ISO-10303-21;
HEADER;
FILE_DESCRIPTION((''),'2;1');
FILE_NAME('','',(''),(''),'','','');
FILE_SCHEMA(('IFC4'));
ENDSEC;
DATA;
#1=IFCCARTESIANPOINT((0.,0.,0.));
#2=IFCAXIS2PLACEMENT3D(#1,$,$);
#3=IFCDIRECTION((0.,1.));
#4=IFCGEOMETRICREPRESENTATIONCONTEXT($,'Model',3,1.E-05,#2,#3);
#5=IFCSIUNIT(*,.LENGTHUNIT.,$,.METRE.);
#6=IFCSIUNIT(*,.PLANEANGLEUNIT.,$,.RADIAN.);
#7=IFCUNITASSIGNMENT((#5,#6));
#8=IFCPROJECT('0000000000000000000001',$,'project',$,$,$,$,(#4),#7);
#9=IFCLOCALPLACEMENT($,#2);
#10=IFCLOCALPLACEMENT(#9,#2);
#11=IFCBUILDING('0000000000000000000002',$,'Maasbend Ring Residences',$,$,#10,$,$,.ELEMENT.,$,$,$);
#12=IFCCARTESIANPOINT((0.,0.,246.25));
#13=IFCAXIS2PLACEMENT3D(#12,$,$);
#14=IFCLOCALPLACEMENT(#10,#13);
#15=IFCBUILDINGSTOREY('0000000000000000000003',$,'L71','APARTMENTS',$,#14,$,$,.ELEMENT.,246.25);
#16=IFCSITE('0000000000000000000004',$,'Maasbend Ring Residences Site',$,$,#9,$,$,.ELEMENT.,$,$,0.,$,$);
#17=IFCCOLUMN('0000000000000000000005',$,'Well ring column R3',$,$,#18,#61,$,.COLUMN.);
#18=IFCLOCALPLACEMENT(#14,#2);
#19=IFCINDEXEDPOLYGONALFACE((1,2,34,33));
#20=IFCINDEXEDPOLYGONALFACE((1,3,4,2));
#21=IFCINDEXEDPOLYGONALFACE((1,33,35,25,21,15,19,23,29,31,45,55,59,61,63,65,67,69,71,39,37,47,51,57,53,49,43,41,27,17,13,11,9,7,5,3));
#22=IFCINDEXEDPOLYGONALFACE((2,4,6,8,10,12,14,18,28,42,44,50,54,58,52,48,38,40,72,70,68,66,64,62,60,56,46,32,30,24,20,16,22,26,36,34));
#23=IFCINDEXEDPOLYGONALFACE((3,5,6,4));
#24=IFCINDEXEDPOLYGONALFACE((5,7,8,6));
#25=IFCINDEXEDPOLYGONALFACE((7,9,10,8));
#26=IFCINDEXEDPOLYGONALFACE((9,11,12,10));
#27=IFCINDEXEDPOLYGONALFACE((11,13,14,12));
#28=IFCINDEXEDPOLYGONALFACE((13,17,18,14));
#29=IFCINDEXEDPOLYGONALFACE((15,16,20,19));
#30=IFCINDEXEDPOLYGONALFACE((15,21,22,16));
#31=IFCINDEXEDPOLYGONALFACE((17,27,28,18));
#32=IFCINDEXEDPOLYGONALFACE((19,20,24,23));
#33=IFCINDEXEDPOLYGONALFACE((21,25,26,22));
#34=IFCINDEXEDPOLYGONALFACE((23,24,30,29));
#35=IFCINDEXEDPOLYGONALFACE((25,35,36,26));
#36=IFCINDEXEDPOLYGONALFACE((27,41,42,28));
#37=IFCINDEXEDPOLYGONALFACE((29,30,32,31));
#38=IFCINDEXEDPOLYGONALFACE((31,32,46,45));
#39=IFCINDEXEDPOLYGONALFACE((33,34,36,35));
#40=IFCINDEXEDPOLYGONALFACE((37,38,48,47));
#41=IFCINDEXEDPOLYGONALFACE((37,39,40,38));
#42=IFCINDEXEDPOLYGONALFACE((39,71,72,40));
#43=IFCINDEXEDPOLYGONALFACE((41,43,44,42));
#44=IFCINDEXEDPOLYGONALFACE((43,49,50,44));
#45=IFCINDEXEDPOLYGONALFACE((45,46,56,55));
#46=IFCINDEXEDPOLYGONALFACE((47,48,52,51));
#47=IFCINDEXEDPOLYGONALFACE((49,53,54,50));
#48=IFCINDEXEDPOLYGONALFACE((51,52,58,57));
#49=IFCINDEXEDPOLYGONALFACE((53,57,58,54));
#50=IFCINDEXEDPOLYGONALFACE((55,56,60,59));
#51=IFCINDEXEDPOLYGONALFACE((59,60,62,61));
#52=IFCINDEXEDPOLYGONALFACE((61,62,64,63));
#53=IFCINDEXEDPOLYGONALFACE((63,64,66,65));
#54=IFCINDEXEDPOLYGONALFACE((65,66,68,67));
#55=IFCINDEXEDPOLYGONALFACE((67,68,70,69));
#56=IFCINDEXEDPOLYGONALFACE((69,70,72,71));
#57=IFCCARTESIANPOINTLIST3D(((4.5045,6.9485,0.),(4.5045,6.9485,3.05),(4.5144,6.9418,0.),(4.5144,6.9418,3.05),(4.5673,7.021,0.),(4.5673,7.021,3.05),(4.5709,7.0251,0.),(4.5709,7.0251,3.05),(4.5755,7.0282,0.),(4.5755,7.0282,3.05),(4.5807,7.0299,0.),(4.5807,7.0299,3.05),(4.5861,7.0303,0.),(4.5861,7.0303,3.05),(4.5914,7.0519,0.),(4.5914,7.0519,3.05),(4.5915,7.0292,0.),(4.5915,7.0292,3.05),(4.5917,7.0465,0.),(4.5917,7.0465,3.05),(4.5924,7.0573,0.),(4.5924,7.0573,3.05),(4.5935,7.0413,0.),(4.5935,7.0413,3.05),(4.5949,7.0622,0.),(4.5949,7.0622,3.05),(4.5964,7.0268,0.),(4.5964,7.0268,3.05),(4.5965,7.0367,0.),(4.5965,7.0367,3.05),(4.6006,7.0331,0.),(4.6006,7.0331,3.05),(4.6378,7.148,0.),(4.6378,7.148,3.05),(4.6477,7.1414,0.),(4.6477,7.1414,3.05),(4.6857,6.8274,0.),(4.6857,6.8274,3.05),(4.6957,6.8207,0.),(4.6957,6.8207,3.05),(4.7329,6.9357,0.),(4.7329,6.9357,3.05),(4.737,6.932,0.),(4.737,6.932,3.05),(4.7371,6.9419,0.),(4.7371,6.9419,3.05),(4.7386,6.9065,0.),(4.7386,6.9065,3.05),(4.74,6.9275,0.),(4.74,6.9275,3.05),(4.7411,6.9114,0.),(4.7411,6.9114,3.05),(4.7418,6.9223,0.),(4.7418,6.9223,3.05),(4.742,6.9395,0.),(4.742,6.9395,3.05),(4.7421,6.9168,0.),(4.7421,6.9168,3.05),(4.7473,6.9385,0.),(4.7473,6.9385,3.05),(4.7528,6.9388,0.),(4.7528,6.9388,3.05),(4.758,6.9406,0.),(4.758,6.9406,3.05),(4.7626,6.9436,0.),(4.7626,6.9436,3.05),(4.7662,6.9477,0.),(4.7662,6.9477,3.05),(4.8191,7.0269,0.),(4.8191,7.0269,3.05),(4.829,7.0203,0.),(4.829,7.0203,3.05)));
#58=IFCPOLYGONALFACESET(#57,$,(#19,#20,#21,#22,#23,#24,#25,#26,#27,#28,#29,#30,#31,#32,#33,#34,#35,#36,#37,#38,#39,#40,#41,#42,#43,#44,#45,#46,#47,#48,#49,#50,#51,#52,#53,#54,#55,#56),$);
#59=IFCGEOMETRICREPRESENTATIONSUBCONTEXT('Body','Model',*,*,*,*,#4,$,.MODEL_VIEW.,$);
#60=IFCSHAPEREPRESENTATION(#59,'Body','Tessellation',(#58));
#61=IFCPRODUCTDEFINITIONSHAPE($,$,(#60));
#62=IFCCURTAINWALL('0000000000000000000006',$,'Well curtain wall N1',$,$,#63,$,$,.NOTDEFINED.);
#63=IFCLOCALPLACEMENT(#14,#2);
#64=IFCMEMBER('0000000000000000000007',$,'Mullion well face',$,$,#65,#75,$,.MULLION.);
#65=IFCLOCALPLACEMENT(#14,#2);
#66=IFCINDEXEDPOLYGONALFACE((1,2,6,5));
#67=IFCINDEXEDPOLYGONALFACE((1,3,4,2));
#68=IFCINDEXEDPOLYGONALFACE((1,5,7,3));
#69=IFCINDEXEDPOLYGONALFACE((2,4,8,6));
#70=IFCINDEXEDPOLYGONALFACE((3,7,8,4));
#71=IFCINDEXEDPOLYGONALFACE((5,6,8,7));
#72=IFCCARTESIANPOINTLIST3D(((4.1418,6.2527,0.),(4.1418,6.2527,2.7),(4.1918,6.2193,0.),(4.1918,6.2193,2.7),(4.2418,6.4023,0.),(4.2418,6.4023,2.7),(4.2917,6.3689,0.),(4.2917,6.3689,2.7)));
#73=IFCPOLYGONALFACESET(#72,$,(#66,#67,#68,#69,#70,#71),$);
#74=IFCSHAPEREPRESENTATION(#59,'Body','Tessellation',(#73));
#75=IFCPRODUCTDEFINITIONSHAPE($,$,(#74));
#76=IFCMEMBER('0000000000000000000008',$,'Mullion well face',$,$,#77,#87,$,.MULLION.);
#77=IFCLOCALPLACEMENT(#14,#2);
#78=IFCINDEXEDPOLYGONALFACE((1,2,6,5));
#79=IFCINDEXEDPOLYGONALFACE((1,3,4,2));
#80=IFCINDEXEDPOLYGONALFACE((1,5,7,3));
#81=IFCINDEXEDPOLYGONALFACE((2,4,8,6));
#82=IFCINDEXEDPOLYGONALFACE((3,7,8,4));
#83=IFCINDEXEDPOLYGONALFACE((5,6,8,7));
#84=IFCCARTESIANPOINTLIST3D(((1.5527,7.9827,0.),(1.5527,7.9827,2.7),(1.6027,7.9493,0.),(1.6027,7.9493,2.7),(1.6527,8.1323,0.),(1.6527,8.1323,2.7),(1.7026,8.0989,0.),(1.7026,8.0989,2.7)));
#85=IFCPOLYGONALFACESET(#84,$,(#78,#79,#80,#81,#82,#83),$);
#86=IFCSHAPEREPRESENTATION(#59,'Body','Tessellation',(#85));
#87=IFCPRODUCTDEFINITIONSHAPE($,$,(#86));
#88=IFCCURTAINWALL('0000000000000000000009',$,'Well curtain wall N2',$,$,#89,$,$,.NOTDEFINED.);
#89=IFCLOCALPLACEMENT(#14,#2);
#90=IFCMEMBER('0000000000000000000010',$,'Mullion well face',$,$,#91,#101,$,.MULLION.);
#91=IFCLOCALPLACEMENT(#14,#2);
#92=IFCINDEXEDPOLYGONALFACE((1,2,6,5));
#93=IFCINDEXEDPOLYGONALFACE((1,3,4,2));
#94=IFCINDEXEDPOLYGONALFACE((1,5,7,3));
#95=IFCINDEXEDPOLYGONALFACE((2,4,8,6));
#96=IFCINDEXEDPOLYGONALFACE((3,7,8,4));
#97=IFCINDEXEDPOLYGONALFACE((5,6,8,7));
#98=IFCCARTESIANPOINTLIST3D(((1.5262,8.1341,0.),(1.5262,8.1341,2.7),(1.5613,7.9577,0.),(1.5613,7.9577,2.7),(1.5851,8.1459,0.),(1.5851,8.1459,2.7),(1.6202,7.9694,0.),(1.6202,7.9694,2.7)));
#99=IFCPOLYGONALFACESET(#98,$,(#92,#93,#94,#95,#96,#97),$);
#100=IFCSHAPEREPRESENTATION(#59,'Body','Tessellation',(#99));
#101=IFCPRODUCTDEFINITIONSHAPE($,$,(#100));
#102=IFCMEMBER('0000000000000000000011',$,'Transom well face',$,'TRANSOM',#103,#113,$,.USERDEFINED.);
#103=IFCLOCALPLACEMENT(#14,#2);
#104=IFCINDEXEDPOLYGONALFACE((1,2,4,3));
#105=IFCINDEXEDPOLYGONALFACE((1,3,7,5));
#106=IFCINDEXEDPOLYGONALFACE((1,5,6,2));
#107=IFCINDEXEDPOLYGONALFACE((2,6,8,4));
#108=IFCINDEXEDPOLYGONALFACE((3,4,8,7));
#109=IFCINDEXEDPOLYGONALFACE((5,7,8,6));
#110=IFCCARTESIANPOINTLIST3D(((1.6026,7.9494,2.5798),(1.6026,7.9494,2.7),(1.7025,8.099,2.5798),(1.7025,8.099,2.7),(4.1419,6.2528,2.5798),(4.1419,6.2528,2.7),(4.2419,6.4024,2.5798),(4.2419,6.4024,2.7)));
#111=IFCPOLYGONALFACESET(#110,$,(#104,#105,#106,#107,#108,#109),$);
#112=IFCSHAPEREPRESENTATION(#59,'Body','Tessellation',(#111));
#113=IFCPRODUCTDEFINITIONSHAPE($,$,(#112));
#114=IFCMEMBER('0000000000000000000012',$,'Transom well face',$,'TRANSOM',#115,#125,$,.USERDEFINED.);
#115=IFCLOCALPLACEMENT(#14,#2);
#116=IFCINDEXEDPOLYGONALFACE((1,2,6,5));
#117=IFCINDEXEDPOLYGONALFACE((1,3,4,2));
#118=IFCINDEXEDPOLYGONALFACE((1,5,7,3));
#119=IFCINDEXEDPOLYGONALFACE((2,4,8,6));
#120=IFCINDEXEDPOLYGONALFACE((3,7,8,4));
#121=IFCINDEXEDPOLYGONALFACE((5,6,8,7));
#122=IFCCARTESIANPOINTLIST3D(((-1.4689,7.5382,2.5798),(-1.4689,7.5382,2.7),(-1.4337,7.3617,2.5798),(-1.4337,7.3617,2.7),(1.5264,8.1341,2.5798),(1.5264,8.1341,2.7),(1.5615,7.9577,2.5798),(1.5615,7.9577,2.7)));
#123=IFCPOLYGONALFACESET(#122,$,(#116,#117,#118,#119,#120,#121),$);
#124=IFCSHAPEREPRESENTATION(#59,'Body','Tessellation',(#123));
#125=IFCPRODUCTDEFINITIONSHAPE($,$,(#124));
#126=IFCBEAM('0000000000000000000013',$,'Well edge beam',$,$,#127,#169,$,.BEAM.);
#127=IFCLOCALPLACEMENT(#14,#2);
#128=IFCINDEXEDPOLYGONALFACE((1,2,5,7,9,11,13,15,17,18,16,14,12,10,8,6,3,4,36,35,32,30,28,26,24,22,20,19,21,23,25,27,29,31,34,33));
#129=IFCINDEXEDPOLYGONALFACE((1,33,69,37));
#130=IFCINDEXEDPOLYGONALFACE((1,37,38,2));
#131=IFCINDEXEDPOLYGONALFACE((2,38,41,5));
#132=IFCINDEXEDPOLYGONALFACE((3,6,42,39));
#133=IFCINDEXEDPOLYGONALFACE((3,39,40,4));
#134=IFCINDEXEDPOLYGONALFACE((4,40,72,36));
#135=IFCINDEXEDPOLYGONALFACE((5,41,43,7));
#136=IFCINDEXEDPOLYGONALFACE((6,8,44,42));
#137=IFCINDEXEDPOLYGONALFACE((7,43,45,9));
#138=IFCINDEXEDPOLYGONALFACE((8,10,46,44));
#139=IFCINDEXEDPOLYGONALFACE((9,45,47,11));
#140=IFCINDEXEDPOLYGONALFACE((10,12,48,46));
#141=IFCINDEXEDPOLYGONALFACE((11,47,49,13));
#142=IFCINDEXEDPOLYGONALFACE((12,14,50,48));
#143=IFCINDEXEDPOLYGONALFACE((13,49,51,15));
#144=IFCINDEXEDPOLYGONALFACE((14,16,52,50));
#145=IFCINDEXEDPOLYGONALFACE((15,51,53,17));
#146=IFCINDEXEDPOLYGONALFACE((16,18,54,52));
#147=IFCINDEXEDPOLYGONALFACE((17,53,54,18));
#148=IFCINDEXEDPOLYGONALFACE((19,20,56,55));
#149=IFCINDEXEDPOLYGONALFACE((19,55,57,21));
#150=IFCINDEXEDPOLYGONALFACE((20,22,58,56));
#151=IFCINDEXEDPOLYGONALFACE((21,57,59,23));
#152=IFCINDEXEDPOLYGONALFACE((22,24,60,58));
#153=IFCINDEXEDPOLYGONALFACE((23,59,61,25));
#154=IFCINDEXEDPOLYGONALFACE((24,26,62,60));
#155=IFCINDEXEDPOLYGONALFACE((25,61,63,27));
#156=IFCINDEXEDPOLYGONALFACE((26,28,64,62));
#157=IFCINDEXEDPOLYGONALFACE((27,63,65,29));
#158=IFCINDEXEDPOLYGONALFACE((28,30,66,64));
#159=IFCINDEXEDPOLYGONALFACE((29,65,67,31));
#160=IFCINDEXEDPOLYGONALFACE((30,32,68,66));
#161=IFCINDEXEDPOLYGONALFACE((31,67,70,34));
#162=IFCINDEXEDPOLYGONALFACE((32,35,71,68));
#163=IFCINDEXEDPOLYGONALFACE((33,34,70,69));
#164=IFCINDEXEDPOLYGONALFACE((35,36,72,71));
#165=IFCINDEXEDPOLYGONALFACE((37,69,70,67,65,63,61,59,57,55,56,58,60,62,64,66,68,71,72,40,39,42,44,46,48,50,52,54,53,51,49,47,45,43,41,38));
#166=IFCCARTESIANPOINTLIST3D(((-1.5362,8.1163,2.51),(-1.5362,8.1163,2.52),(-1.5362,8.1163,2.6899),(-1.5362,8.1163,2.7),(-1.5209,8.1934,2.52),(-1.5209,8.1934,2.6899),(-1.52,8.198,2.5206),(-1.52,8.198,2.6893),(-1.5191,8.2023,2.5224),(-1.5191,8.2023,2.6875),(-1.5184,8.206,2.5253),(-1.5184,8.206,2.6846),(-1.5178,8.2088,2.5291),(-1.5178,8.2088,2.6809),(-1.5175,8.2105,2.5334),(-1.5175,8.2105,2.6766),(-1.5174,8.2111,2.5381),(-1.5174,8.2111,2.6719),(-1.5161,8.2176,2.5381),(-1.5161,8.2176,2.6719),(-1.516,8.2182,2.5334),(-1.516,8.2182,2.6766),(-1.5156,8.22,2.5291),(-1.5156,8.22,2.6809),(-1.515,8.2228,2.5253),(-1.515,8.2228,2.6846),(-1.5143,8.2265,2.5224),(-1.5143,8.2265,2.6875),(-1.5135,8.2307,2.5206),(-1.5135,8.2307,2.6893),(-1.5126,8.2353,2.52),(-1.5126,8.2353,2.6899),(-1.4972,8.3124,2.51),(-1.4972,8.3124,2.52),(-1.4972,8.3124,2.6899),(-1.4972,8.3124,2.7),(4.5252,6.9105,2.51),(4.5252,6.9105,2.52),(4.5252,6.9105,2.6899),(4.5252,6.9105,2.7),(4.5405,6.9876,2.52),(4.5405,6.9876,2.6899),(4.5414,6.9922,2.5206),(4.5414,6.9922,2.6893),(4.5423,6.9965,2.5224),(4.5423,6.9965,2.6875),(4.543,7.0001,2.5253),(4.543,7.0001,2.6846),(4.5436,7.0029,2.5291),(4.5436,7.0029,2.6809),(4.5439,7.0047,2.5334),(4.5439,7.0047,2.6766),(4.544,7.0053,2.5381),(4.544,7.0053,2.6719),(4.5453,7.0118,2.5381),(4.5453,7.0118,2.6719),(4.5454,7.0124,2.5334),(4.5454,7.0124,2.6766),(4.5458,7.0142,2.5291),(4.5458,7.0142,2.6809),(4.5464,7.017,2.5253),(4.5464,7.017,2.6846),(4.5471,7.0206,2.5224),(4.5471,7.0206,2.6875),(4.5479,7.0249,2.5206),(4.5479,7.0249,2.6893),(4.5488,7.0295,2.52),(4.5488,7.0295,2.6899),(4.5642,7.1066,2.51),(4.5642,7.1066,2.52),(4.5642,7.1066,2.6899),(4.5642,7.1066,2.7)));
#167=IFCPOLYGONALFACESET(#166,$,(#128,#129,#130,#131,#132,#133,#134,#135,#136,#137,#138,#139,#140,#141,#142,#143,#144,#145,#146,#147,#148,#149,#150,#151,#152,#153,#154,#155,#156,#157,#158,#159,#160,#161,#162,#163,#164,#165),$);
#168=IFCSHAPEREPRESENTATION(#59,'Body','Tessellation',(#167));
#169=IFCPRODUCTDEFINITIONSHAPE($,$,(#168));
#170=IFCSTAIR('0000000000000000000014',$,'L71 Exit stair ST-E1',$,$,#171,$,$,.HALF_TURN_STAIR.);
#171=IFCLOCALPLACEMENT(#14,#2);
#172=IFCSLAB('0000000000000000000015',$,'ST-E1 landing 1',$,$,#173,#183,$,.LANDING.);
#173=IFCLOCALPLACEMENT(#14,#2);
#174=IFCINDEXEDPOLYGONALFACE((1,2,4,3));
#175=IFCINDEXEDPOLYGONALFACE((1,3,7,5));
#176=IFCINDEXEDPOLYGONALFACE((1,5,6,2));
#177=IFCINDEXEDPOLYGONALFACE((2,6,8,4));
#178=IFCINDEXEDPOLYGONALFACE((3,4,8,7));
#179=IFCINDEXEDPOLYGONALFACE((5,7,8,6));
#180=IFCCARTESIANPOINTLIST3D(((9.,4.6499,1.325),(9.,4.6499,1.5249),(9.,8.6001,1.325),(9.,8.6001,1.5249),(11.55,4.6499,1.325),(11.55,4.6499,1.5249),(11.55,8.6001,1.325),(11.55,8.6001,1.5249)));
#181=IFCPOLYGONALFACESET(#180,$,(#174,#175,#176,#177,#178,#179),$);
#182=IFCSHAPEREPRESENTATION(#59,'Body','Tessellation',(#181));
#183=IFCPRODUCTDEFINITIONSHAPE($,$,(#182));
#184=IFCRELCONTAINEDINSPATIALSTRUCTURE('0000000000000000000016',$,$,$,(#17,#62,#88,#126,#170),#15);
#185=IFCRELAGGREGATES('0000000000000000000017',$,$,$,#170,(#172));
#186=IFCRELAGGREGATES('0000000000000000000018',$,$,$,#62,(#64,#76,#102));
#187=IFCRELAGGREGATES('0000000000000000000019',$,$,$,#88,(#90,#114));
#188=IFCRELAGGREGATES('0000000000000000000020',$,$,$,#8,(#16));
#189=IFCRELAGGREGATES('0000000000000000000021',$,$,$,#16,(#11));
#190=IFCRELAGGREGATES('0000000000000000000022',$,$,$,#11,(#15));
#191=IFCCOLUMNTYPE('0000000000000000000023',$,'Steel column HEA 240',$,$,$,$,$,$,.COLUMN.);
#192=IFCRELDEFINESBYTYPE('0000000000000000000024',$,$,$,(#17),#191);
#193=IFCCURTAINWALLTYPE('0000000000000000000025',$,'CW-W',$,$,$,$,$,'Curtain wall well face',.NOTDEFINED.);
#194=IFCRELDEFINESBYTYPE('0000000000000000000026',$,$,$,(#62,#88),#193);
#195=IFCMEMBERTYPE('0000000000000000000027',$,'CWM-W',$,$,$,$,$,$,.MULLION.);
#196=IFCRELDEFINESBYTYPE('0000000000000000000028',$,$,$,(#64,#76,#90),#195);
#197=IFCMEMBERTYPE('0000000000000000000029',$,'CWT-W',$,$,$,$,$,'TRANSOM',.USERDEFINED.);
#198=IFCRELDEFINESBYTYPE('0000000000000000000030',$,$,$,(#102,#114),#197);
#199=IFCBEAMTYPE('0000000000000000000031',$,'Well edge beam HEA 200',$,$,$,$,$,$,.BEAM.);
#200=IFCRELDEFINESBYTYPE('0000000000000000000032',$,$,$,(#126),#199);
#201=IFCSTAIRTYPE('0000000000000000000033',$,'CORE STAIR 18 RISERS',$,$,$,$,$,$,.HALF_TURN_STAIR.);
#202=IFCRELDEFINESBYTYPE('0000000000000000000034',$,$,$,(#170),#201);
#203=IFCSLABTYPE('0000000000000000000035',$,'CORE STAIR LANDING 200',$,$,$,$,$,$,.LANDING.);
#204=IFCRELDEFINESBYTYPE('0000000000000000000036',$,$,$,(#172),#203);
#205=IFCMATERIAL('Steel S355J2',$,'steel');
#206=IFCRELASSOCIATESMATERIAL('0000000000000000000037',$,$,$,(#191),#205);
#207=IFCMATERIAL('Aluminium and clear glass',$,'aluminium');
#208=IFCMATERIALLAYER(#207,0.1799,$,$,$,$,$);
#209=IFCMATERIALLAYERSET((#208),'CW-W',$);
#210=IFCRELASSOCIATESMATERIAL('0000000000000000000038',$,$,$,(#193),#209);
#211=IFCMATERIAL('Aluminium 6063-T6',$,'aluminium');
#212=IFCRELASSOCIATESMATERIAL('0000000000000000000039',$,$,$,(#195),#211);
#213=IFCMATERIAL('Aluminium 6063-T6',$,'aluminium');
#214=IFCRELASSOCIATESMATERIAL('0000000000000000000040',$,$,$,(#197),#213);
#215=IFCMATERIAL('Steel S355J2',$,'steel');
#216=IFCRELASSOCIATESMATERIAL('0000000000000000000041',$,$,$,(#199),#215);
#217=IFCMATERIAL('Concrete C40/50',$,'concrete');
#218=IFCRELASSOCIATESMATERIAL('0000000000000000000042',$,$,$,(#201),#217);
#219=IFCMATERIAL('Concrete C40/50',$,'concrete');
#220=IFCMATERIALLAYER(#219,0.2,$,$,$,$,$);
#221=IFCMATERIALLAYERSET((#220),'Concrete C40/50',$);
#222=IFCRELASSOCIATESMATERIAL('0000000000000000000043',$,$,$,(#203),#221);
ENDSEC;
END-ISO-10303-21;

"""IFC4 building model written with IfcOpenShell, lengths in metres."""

from ifc_helpers import new_model, si_unit, direction, frame, origin, origin_2d, place, context, subcontext, project, spatial, polyline, rectangle, i_section, outline, extrude, material, layer, layer_set, material_profile, profile_set, type_object, element, aggregate, save


model = new_model("IFC4")

# Units and contexts
model_context = context("Model", 3, precision=1e-05, world=origin(), true_north=direction((0.0, 1.0)))
body_context = subcontext(model_context, "Body", "Model", "MODEL_VIEW")
ifc_project = project(units=[si_unit("LENGTHUNIT", "METRE"), si_unit("PLANEANGLEUNIT", "RADIAN")], contexts=[model_context])

# Site, building, storey
site_placement = place(None, origin())
site = spatial("IfcSite", under=ifc_project, at=site_placement, Name="Maasbend Ring Residences Site", CompositionType="ELEMENT", RefElevation=0.0)
building_placement = place(site_placement, origin())
building = spatial("IfcBuilding", under=site, at=building_placement, Name="Maasbend Ring Residences", CompositionType="ELEMENT")
storey_placement = place(building_placement, frame((0.0, 0.0, 246.25)))
storey = spatial("IfcBuildingStorey", under=building, at=storey_placement, Name="L71", Description="APARTMENTS", CompositionType="ELEMENT", Elevation=246.25)

# Column
ifc_material_1 = material(Name="Steel S355J2", Category="steel")
ifc_material_profile_1 = material_profile(ifc_material_1, i_section(OverallWidth=0.24, OverallDepth=0.23, WebThickness=0.0076, FlangeThickness=0.012, FilletRadius=0.021, at=origin_2d()), Name="HEA 240")
ifc_profile_set_1 = profile_set([ifc_material_profile_1], Name="Steel S355J2")
column_type = type_object("IfcColumnType", Name="Steel column HEA 240", PredefinedType="COLUMN", material=ifc_profile_set_1)
column_placement = place(storey_placement, frame((4.6667, 6.9844, 0.0), z_axis=(0.0, 0.0, 1.0), x_axis=(0.55557, 0.83147, 0.0)))
element("IfcColumn", 1, at=column_placement, inside=storey, type_object=column_type, Name="Well ring column R3", PredefinedType="COLUMN", context=body_context, shape_type="SweptSolid", body=[
    extrude(i_section(OverallWidth=0.24, OverallDepth=0.23, WebThickness=0.0076, FlangeThickness=0.012, FilletRadius=0.021, at=origin_2d()), origin(), (0.0, 0.0, 1.0), 3.05),
])

# Curtain wall, members
ifc_material_2 = material(Name="Aluminium and clear glass", Category="aluminium")
ifc_layer_1 = layer(ifc_material_2, 0.1799)
ifc_layer_set_1 = layer_set([ifc_layer_1], Name="CW-W")
curtain_wall_type = type_object("IfcCurtainWallType", Name="CW-W", ElementType="Curtain wall well face", PredefinedType="NOTDEFINED", material=ifc_layer_set_1)
curtain_wall_1_placement = place(storey_placement, origin())
curtain_wall_1 = element("IfcCurtainWall", 2, at=curtain_wall_1_placement, inside=storey, type_object=curtain_wall_type, Name="Well curtain wall N1", PredefinedType="NOTDEFINED")
ifc_material_3 = material(Name="Aluminium 6063-T6", Category="aluminium")
ifc_material_profile_2 = material_profile(ifc_material_3, rectangle(XDim=0.1799, YDim=0.0601, at=origin_2d()), Name="AL 180x60")
ifc_profile_set_2 = profile_set([ifc_material_profile_2], Name="Aluminium 6063-T6")
member_type_1 = type_object("IfcMemberType", Name="CWM-W", PredefinedType="MULLION", material=ifc_profile_set_2)
member_1_placement = place(storey_placement, frame((4.2168, 6.3108, 0.0), z_axis=(0.0, 0.0, 1.0), x_axis=(-0.55557, -0.83147, 0.0)))
member_1 = element("IfcMember", 3, at=member_1_placement, type_object=member_type_1, Name="Mullion well face", PredefinedType="MULLION", context=body_context, shape_type="SweptSolid", body=[
    extrude(rectangle(XDim=0.1799, YDim=0.0601, at=origin_2d()), origin(), (0.0, 0.0, 1.0), 2.7),
])
member_2_placement = place(storey_placement, frame((1.6277, 8.0408, 0.0), z_axis=(0.0, 0.0, 1.0), x_axis=(-0.55557, -0.83147, 0.0)))
member_2 = element("IfcMember", 4, at=member_2_placement, type_object=member_type_1, Name="Mullion well face", PredefinedType="MULLION", context=body_context, shape_type="SweptSolid", body=[
    extrude(rectangle(XDim=0.1799, YDim=0.0601, at=origin_2d()), origin(), (0.0, 0.0, 1.0), 2.7),
])

# Curtain wall, member
curtain_wall_2_placement = place(storey_placement, origin())
curtain_wall_2 = element("IfcCurtainWall", 5, at=curtain_wall_2_placement, inside=storey, type_object=curtain_wall_type, Name="Well curtain wall N2", PredefinedType="NOTDEFINED")
member_3_placement = place(storey_placement, frame((1.5732, 8.0518, 0.0), z_axis=(0.0, 0.0, 1.0), x_axis=(0.19509, -0.980785, 0.0)))
member_3 = element("IfcMember", 6, at=member_3_placement, type_object=member_type_1, Name="Mullion well face", PredefinedType="MULLION", context=body_context, shape_type="SweptSolid", body=[
    extrude(rectangle(XDim=0.1799, YDim=0.0601, at=origin_2d()), origin(), (0.0, 0.0, 1.0), 2.7),
])

# Members
ifc_material_4 = material(Name="Aluminium 6063-T6", Category="aluminium")
ifc_material_profile_3 = material_profile(ifc_material_4, rectangle(XDim=0.1799, YDim=0.1201, at=origin_2d()), Name="AL 180x120")
ifc_profile_set_3 = profile_set([ifc_material_profile_3], Name="Aluminium 6063-T6")
member_type_2 = type_object("IfcMemberType", Name="CWT-W", ElementType="TRANSOM", PredefinedType="USERDEFINED", material=ifc_profile_set_3)
member_4_placement = place(storey_placement, frame((4.1919, 6.3276, 2.6399), z_axis=(-0.831496, 0.55553, 0.0), x_axis=(-0.55553, -0.831496, 0.0)))
member_4 = element("IfcMember", 7, at=member_4_placement, type_object=member_type_2, Name="Transom well face", ObjectType="TRANSOM", PredefinedType="USERDEFINED", context=body_context, shape_type="SweptSolid", body=[
    extrude(rectangle(XDim=0.1799, YDim=0.1201, at=origin_2d()), origin(), (0.0, 0.0, 1.0), 3.054),
])
member_5_placement = place(storey_placement, frame((1.5439, 8.0459, 2.6399), z_axis=(-0.980777, -0.195132, 0.0), x_axis=(0.195132, -0.980777, 0.0)))
member_5 = element("IfcMember", 8, at=member_5_placement, type_object=member_type_2, Name="Transom well face", ObjectType="TRANSOM", PredefinedType="USERDEFINED", context=body_context, shape_type="SweptSolid", body=[
    extrude(rectangle(XDim=0.1799, YDim=0.1201, at=origin_2d()), origin(), (0.0, 0.0, 1.0), 3.054),
])

# Beam
ifc_material_5 = material(Name="Steel S355J2", Category="steel")
ifc_material_profile_4 = material_profile(ifc_material_5, i_section(OverallWidth=0.2, OverallDepth=0.1899, WebThickness=0.0066, FlangeThickness=0.01, FilletRadius=0.0181, at=origin_2d()), Name="HEA 200")
ifc_profile_set_4 = profile_set([ifc_material_profile_4], Name="Steel S355J2")
beam_type = type_object("IfcBeamType", Name="Well edge beam HEA 200", PredefinedType="BEAM", material=ifc_profile_set_4)
beam_placement = place(storey_placement, frame((4.5447, 7.0085, 2.605), z_axis=(-0.980781, 0.195113, 0.0), x_axis=(-0.195113, -0.980781, 0.0)))
element("IfcBeam", 9, at=beam_placement, inside=storey, type_object=beam_type, Name="Well edge beam", PredefinedType="BEAM", context=body_context, shape_type="SweptSolid", body=[
    extrude(i_section(OverallWidth=0.2, OverallDepth=0.1899, WebThickness=0.0066, FlangeThickness=0.01, FilletRadius=0.0181, at=origin_2d()), origin(), (0.0, 0.0, 1.0), 6.1802),
])

# Stair, slab
ifc_material_6 = material(Name="Concrete C40/50", Category="concrete")
stair_type = type_object("IfcStairType", Name="CORE STAIR 18 RISERS", PredefinedType="HALF_TURN_STAIR", material=ifc_material_6)
stair_1_placement = place(storey_placement, origin())
stair_1 = element("IfcStair", 10, at=stair_1_placement, inside=storey, type_object=stair_type, Name="L71 Exit stair ST-E1", PredefinedType="HALF_TURN_STAIR")
ifc_material_7 = material(Name="Concrete C40/50", Category="concrete")
ifc_layer_2 = layer(ifc_material_7, 0.2)
ifc_layer_set_2 = layer_set([ifc_layer_2], Name="Concrete C40/50")
slab_type_1 = type_object("IfcSlabType", Name="CORE STAIR LANDING 200", PredefinedType="LANDING", material=ifc_layer_set_2)
slab_1_placement = place(storey_placement, frame((0.0, 0.0, 1.325)))
slab_1 = element("IfcSlab", 11, at=slab_1_placement, type_object=slab_type_1, Name="ST-E1 landing 1", PredefinedType="LANDING", context=body_context, shape_type="SweptSolid", body=[
    extrude(outline(polyline([(11.55, 8.6001), (9.0, 8.6001), (9.0, 4.6499), (11.55, 4.6499), (11.55, 8.6001)])), origin(), (0.0, 0.0, 1.0), 0.2),
])
aggregate(stair_1, [slab_1])

aggregate(curtain_wall_1, [member_1, member_2, member_4])
aggregate(curtain_wall_2, [member_3, member_5])

save(model, "model.ifc")
